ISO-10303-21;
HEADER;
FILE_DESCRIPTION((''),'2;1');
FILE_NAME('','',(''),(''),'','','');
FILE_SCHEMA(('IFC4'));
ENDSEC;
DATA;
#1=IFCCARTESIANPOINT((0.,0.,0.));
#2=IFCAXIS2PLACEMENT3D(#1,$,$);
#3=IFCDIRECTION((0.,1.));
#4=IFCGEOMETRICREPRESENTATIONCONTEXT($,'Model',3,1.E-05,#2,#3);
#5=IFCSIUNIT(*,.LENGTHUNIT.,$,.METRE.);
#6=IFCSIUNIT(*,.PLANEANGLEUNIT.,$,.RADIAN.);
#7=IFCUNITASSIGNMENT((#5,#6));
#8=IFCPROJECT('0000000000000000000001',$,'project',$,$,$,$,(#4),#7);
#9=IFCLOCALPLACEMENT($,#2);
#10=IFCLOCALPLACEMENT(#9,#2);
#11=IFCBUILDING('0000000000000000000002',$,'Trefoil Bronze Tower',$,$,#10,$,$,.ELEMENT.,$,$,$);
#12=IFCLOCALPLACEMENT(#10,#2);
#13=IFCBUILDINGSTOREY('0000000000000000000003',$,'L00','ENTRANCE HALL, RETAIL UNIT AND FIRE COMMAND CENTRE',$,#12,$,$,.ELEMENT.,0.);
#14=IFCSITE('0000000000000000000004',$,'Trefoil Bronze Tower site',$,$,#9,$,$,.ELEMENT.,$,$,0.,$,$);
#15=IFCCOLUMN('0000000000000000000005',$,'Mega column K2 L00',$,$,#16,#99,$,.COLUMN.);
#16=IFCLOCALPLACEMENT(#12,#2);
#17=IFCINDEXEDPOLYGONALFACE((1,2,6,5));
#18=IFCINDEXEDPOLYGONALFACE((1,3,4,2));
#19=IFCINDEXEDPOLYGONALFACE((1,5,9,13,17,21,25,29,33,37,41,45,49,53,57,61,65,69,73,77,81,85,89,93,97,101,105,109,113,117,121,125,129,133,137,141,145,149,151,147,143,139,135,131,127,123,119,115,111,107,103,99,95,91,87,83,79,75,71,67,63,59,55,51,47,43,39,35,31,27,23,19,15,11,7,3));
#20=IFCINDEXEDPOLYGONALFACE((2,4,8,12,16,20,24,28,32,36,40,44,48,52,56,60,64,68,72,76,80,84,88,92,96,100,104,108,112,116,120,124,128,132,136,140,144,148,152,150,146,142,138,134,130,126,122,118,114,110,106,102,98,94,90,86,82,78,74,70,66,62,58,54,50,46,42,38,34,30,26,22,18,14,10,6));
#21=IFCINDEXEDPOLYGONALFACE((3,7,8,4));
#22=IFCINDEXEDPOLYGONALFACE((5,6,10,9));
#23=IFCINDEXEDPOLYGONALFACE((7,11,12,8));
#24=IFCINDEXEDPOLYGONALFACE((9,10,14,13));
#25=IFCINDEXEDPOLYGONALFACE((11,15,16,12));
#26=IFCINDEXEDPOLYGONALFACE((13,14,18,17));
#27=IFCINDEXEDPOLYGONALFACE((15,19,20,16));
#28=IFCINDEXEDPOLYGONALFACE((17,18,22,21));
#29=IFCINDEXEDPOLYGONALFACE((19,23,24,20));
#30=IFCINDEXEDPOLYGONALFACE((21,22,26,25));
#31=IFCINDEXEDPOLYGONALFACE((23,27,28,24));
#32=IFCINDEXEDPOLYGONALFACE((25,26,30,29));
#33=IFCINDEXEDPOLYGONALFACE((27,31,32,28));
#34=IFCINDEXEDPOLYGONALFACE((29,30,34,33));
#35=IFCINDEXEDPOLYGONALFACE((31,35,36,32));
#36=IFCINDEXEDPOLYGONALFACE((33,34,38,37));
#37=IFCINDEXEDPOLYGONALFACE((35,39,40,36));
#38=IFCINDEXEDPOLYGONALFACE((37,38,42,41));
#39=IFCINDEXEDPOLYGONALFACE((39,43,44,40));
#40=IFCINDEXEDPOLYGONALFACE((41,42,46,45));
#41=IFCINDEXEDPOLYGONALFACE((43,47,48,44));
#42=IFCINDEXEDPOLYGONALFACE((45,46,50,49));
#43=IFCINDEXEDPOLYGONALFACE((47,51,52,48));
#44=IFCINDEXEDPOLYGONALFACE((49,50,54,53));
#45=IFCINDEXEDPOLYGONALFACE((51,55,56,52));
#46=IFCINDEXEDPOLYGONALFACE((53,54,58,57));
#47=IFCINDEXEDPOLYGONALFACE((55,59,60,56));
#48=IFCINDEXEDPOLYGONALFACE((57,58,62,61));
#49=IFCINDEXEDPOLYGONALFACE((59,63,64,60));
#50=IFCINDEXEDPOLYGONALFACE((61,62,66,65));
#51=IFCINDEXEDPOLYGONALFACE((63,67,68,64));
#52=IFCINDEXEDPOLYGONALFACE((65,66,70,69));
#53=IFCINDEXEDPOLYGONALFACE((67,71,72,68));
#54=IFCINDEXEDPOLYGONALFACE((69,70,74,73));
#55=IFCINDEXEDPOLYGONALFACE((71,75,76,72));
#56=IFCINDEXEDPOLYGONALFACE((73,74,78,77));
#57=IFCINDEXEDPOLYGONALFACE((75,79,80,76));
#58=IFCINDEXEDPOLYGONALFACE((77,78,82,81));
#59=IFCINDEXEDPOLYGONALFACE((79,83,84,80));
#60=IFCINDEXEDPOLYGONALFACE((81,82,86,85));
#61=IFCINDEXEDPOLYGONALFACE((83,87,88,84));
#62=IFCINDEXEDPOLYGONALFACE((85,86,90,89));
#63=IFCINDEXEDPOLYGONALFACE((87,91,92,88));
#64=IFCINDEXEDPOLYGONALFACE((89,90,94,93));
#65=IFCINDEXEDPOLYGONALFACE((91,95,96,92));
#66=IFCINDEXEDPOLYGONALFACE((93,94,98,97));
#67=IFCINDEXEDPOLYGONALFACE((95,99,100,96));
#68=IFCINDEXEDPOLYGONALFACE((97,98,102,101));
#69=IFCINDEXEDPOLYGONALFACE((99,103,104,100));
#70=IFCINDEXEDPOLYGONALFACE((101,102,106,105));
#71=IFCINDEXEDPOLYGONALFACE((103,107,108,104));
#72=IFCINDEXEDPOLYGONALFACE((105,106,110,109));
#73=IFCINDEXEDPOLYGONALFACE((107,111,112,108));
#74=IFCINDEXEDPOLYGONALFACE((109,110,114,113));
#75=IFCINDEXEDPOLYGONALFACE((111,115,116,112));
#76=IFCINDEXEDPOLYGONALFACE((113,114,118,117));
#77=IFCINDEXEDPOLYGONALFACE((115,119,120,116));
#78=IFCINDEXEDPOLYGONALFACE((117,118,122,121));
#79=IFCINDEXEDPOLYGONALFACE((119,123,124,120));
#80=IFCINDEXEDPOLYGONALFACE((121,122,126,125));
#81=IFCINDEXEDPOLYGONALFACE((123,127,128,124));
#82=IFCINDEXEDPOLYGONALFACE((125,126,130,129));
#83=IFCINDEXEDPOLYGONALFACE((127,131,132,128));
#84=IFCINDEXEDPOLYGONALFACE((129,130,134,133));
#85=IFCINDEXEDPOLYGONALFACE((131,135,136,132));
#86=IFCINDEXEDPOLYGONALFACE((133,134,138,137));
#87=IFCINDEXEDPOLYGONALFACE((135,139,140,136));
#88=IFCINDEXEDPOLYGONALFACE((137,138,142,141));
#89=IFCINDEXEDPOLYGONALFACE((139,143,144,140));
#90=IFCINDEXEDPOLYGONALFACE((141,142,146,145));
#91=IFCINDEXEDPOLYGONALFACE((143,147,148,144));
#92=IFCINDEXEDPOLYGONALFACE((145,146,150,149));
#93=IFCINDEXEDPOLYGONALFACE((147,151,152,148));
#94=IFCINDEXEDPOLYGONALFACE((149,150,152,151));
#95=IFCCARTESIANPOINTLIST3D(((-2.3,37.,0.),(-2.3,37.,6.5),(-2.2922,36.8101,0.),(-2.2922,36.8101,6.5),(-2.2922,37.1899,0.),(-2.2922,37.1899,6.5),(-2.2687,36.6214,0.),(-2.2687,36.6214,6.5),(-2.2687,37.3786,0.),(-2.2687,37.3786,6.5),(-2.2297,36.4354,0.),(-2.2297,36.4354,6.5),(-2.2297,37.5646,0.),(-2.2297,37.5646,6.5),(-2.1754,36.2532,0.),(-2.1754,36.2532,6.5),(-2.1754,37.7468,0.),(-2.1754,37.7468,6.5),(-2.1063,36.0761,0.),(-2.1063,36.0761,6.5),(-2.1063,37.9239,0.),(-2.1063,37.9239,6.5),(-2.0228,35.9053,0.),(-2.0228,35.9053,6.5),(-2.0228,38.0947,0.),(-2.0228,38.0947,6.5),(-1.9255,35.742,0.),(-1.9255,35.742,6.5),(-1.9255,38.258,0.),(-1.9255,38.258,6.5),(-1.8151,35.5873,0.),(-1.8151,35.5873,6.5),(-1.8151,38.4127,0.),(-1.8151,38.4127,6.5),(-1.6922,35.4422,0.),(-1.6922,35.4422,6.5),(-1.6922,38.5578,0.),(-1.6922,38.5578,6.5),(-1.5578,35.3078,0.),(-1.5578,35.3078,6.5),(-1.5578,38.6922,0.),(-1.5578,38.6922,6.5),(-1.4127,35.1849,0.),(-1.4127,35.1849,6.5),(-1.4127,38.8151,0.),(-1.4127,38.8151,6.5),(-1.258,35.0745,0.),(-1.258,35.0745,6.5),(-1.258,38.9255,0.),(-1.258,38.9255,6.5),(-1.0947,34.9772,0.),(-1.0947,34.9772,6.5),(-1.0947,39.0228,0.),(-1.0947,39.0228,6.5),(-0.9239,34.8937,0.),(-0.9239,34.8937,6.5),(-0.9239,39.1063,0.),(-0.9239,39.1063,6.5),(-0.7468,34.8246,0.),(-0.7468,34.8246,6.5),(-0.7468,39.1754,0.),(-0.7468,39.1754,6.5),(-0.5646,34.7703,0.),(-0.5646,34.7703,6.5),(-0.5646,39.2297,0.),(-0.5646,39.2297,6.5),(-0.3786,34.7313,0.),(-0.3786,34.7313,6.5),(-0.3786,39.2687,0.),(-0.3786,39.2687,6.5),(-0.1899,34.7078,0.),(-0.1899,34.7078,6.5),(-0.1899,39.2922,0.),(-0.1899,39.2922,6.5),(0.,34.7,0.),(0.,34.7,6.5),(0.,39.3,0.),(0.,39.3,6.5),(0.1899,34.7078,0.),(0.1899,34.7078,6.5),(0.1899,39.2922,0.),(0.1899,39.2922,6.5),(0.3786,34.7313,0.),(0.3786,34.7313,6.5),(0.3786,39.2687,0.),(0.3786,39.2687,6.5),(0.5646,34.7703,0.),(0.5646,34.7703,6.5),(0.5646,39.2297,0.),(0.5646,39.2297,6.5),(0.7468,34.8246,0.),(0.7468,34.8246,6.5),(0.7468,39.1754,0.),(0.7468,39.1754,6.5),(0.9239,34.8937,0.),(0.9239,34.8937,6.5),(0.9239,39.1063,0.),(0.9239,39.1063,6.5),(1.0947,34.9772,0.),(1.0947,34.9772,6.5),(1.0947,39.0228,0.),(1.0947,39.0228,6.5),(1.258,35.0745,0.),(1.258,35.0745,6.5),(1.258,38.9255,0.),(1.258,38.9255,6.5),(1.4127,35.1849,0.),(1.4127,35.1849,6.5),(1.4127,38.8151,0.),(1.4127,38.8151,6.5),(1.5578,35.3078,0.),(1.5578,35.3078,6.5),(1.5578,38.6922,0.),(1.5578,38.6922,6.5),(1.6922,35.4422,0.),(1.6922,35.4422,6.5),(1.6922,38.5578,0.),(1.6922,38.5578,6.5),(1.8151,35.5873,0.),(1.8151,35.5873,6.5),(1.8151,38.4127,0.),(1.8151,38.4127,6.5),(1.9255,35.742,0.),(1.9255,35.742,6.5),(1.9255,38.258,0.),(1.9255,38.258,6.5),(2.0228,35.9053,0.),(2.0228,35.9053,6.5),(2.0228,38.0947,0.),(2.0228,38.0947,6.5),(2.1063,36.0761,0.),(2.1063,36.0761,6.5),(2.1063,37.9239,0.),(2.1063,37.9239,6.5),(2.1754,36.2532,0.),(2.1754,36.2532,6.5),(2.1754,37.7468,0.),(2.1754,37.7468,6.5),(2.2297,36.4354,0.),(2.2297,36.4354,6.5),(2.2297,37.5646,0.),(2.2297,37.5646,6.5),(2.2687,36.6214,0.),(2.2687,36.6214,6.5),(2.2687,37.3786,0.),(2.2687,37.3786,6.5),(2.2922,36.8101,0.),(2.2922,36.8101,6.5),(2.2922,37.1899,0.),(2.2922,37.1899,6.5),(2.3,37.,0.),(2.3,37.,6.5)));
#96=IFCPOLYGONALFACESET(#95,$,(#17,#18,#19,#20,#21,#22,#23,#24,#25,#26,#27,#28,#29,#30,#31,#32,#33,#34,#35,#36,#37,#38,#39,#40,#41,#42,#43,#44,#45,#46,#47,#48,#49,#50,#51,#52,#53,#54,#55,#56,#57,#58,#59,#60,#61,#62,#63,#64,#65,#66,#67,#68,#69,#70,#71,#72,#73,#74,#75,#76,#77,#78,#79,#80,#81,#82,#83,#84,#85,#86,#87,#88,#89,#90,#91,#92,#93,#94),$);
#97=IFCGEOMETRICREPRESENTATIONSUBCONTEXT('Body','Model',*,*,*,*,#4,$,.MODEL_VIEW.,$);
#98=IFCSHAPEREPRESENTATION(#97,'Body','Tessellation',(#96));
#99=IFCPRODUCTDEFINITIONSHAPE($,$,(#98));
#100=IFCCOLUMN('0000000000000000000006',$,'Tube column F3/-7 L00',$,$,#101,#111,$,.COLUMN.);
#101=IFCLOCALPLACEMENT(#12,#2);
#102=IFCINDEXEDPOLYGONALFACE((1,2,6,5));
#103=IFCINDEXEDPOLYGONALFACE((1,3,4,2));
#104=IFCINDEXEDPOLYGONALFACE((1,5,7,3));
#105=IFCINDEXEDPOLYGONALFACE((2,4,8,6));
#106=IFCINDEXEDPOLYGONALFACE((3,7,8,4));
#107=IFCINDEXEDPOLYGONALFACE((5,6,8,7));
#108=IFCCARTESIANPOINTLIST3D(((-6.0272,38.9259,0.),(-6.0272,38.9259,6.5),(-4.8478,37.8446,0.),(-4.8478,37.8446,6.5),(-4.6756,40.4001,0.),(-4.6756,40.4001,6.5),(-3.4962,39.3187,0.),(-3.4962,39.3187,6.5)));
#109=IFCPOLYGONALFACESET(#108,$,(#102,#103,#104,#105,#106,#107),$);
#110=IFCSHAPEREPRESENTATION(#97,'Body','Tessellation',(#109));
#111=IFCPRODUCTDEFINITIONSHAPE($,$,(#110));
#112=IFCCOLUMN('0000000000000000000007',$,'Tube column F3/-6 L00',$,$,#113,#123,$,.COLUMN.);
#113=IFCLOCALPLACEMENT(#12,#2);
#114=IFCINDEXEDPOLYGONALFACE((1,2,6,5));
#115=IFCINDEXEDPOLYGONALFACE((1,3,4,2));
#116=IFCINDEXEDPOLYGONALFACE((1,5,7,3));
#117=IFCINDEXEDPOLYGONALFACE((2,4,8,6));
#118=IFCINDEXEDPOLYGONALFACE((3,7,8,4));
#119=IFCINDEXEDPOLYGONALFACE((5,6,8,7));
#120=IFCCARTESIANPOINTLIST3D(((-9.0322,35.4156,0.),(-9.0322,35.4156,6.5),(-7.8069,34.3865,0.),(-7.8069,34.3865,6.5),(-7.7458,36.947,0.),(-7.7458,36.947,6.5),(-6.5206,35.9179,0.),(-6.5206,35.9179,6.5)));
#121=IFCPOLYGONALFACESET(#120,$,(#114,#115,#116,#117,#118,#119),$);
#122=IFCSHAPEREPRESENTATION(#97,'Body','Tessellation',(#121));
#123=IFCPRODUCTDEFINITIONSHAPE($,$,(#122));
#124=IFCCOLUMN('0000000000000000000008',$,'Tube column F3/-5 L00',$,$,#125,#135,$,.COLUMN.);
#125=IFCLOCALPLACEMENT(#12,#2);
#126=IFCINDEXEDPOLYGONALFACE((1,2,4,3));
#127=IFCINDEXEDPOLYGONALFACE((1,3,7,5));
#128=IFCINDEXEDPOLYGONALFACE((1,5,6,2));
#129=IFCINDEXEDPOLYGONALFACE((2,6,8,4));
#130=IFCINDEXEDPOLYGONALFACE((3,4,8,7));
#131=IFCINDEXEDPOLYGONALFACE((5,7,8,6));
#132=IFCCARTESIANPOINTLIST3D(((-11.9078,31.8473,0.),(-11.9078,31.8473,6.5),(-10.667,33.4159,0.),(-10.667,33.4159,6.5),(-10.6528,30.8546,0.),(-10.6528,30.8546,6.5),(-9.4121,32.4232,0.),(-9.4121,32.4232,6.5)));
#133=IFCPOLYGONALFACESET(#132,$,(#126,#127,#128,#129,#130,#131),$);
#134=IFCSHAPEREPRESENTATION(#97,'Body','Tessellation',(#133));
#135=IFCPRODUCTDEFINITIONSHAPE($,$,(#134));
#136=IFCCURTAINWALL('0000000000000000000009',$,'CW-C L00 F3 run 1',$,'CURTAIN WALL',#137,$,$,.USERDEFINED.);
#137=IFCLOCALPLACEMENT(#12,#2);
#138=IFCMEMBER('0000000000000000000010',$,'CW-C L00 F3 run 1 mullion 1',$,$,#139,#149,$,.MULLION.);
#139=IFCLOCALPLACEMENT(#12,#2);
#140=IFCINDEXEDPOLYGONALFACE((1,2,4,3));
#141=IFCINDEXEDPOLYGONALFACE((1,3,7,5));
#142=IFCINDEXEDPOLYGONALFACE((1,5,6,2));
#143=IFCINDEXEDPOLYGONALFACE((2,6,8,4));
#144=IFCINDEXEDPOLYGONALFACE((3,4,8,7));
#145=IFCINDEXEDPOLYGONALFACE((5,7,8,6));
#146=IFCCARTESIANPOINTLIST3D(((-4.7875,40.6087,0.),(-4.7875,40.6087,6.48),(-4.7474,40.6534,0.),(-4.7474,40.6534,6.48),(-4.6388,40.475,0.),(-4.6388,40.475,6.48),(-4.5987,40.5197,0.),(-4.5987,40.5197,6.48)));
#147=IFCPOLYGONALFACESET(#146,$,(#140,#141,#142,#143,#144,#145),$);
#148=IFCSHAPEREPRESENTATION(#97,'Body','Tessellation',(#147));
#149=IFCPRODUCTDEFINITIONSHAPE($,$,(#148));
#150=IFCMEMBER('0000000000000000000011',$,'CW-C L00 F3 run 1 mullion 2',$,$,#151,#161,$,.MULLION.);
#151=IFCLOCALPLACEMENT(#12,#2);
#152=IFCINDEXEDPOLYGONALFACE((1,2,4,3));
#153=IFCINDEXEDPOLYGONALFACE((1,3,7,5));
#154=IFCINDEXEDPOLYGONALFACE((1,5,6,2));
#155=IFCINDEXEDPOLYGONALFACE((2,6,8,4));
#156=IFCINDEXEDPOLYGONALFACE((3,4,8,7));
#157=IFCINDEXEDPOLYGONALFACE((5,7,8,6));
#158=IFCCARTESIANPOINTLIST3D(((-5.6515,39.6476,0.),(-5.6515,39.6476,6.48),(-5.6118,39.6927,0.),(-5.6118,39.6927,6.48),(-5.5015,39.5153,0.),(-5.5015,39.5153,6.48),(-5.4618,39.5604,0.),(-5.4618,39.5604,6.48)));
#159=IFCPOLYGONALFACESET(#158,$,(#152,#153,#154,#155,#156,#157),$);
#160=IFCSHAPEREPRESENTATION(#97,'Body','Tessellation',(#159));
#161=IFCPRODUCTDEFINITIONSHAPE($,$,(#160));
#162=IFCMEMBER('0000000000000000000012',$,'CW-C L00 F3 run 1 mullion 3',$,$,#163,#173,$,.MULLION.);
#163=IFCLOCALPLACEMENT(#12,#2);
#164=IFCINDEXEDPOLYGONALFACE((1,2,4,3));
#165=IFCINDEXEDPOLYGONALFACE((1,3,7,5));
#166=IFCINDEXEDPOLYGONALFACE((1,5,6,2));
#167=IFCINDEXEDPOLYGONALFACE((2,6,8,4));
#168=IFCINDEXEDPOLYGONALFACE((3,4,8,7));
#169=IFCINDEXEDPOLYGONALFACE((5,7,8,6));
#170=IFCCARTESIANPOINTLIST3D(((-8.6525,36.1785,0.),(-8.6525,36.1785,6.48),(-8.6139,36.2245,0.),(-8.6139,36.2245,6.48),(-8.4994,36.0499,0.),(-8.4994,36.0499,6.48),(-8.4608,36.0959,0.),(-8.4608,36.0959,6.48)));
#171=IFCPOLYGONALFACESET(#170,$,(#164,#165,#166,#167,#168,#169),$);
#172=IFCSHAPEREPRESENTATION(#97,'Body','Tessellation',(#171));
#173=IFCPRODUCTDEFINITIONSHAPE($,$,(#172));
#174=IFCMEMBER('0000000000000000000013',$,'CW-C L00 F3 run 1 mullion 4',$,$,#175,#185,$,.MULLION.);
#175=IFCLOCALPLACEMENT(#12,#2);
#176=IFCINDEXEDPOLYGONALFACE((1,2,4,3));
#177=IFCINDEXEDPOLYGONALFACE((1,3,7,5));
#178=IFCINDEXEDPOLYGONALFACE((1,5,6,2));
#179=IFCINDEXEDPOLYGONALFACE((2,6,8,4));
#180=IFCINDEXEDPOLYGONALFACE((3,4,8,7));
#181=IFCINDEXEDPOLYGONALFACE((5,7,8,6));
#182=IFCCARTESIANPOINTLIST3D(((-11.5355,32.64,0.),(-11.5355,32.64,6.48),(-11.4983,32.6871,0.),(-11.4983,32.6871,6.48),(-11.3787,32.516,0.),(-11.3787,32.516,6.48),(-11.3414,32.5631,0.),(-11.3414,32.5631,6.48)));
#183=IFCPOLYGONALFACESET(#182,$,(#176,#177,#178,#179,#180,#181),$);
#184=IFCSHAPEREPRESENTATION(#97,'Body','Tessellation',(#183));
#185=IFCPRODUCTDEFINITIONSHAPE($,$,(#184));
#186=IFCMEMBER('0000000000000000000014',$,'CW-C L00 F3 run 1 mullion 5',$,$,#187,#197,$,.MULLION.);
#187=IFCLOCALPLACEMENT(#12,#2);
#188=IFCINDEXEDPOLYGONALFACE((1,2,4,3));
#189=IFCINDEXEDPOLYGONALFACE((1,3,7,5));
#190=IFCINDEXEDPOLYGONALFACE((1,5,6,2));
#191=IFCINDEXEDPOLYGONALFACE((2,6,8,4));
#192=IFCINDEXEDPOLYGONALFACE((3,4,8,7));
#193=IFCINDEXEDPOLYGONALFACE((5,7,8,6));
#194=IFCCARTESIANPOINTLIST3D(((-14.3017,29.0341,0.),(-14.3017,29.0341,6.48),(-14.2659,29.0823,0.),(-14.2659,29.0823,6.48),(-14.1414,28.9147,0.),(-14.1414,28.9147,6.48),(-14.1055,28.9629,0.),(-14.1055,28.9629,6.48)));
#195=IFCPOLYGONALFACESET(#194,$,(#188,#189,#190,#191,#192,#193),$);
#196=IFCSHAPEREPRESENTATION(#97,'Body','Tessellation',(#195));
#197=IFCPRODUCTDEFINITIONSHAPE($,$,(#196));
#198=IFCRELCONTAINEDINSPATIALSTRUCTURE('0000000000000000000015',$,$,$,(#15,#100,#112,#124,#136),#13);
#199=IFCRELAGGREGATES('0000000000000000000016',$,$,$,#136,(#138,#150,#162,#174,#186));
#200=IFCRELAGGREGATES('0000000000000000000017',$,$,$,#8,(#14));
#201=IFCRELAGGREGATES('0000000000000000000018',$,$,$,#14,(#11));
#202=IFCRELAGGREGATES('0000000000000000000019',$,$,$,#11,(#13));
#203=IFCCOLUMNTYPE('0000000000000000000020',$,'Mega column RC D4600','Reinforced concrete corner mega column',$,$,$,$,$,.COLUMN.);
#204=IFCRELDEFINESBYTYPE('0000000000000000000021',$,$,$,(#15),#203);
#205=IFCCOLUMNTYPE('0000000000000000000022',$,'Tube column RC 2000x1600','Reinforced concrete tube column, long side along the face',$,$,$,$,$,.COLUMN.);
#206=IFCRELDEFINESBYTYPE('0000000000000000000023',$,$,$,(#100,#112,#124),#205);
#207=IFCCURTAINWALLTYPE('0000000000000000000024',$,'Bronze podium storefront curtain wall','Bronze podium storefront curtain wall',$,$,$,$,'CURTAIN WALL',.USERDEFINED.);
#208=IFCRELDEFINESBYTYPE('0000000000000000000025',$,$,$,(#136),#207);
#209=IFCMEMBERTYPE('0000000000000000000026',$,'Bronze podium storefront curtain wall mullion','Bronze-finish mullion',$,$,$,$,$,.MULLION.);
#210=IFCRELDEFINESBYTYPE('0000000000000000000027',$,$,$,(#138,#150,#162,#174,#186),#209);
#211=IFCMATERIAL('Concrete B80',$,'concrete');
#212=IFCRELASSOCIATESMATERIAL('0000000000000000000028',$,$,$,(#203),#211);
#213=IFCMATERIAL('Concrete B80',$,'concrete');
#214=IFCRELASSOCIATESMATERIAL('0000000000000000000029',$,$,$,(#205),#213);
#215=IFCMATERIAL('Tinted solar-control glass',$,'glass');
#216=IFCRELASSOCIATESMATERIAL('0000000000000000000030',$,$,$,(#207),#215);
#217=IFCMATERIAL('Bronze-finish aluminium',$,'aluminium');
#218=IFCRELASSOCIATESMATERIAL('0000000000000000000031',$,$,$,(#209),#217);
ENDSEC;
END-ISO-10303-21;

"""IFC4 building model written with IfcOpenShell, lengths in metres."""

from ifc_helpers import new_model, si_unit, direction, frame, origin, origin_2d, place, context, subcontext, project, spatial, rectangle, circle, extrude, material, material_profile, profile_set, type_object, element, aggregate, save


model = new_model("IFC4")

# Units and contexts
model_context = context("Model", 3, precision=1e-05, world=origin(), true_north=direction((0.0, 1.0)))
body_context = subcontext(model_context, "Body", "Model", "MODEL_VIEW")
ifc_project = project(units=[si_unit("LENGTHUNIT", "METRE"), si_unit("PLANEANGLEUNIT", "RADIAN")], contexts=[model_context])

# Site, building, storey
site_placement = place(None, origin())
site = spatial("IfcSite", under=ifc_project, at=site_placement, Name="Trefoil Bronze Tower site", CompositionType="ELEMENT", RefElevation=0.0)
building_placement = place(site_placement, origin())
building = spatial("IfcBuilding", under=site, at=building_placement, Name="Trefoil Bronze Tower", CompositionType="ELEMENT")
storey_placement = place(building_placement, origin())
storey = spatial("IfcBuildingStorey", under=building, at=storey_placement, Name="L00", Description="ENTRANCE HALL, RETAIL UNIT AND FIRE COMMAND CENTRE", CompositionType="ELEMENT", Elevation=0.0)

# Columns
ifc_material_1 = material(Name="Concrete B80", Category="concrete")
ifc_material_profile_1 = material_profile(ifc_material_1, circle(Radius=2.3, at=origin_2d()), Name="RC D4600")
ifc_profile_set_1 = profile_set([ifc_material_profile_1], Name="Concrete B80")
column_type_1 = type_object("IfcColumnType", Name="Mega column RC D4600", Description="Reinforced concrete corner mega column", PredefinedType="COLUMN", material=ifc_profile_set_1)
column_placement = place(storey_placement, frame((0.0, 37.0, 0.0), z_axis=(0.0, 0.0, 1.0), x_axis=(1.0, 0.0, 0.0)))
element("IfcColumn", 1, at=column_placement, inside=storey, type_object=column_type_1, Name="Mega column K2 L00", PredefinedType="COLUMN", context=body_context, shape_type="SweptSolid", body=[
    extrude(circle(Radius=2.3, at=origin_2d()), origin(), (0.0, 0.0, 1.0), 6.5),
])
ifc_material_2 = material(Name="Concrete B80", Category="concrete")
ifc_material_profile_2 = material_profile(ifc_material_2, rectangle(XDim=2.0, YDim=1.6001, at=origin_2d()), Name="RC 2000x1600")
ifc_profile_set_2 = profile_set([ifc_material_profile_2], Name="Concrete B80")
column_type_2 = type_object("IfcColumnType", Name="Tube column RC 2000x1600", Description="Reinforced concrete tube column, long side along the face", PredefinedType="COLUMN", material=ifc_profile_set_2)
for number, where, z_axis, x_axis, name in (
    (2, (-4.7617, 39.1223, 0.0), (0.0, 0.0, 1.0), (-0.675816, -0.73707, 0.0), "Tube column F3/-7 L00"),
    (3, (-7.7764, 35.6667, 0.0), (0.0, 0.0, 1.0), (-0.643163, -0.765729, 0.0), "Tube column F3/-6 L00"),
    (4, (-10.6599, 32.1353, 0.0), (0.0, 0.0, 1.0), (-0.620376, -0.784305, 0.0), "Tube column F3/-5 L00"),
):
    element("IfcColumn", number, at=place(storey_placement, frame(where, z_axis=z_axis, x_axis=x_axis)), inside=storey, type_object=column_type_2, Name=name, PredefinedType="COLUMN", context=body_context, shape_type="SweptSolid", body=[
        extrude(rectangle(XDim=2.0, YDim=1.6001, at=origin_2d()), origin(), (0.0, 0.0, 1.0), 6.5),
    ])

# Curtain wall, members
ifc_material_3 = material(Name="Tinted solar-control glass", Category="glass")
curtain_wall_type_1 = type_object("IfcCurtainWallType", Name="Bronze podium storefront curtain wall", Description="Bronze podium storefront curtain wall", ElementType="CURTAIN WALL", PredefinedType="USERDEFINED", material=ifc_material_3)
curtain_wall_1_placement = place(storey_placement, origin())
curtain_wall_1 = element("IfcCurtainWall", 5, at=curtain_wall_1_placement, inside=storey, type_object=curtain_wall_type_1, Name="CW-C L00 F3 run 1", ObjectType="CURTAIN WALL", PredefinedType="USERDEFINED")
ifc_material_4 = material(Name="Bronze-finish aluminium", Category="aluminium")
ifc_material_profile_3 = material_profile(ifc_material_4, rectangle(XDim=0.2, YDim=0.0601, at=origin_2d()), Name="CW-C mullion")
ifc_profile_set_3 = profile_set([ifc_material_profile_3], Name="Bronze-finish aluminium")
member_type_1 = type_object("IfcMemberType", Name="Bronze podium storefront curtain wall mullion", Description="Bronze-finish mullion", PredefinedType="MULLION", material=ifc_profile_set_3)
member_1_placement = place(storey_placement, frame((-4.6931, 40.5642, 0.0), z_axis=(0.0, 0.0, 1.0), x_axis=(0.743645, -0.668575, 0.0)))
member_1 = element("IfcMember", 6, at=member_1_placement, type_object=member_type_1, Name="CW-C L00 F3 run 1 mullion 1", PredefinedType="MULLION", context=body_context, shape_type="SweptSolid", body=[
    extrude(rectangle(XDim=0.2, YDim=0.0601, at=origin_2d()), origin(), (0.0, 0.0, 1.0), 6.48),
])
member_2_placement = place(storey_placement, frame((-5.5566, 39.604, 0.0), z_axis=(0.0, 0.0, 1.0), x_axis=(0.749941, -0.661505, 0.0)))
member_2 = element("IfcMember", 7, at=member_2_placement, type_object=member_type_1, Name="CW-C L00 F3 run 1 mullion 2", PredefinedType="MULLION", context=body_context, shape_type="SweptSolid", body=[
    extrude(rectangle(XDim=0.2, YDim=0.0601, at=origin_2d()), origin(), (0.0, 0.0, 1.0), 6.48),
])
member_3_placement = place(storey_placement, frame((-8.5566, 36.1372, 0.0), z_axis=(0.0, 0.0, 1.0), x_axis=(0.765729, -0.643163, 0.0)))
member_3 = element("IfcMember", 8, at=member_3_placement, type_object=member_type_1, Name="CW-C L00 F3 run 1 mullion 3", PredefinedType="MULLION", context=body_context, shape_type="SweptSolid", body=[
    extrude(rectangle(XDim=0.2, YDim=0.0601, at=origin_2d()), origin(), (0.0, 0.0, 1.0), 6.48),
])
member_4_placement = place(storey_placement, frame((-11.4385, 32.6016, 0.0), z_axis=(0.0, 0.0, 1.0), x_axis=(0.784305, -0.620376, 0.0)))
member_4 = element("IfcMember", 9, at=member_4_placement, type_object=member_type_1, Name="CW-C L00 F3 run 1 mullion 4", PredefinedType="MULLION", context=body_context, shape_type="SweptSolid", body=[
    extrude(rectangle(XDim=0.2, YDim=0.0601, at=origin_2d()), origin(), (0.0, 0.0, 1.0), 6.48),
])
member_5_placement = place(storey_placement, frame((-14.2036, 28.9985, 0.0), z_axis=(0.0, 0.0, 1.0), x_axis=(0.802127, -0.597154, 0.0)))
member_5 = element("IfcMember", 10, at=member_5_placement, type_object=member_type_1, Name="CW-C L00 F3 run 1 mullion 5", PredefinedType="MULLION", context=body_context, shape_type="SweptSolid", body=[
    extrude(rectangle(XDim=0.2, YDim=0.0601, at=origin_2d()), origin(), (0.0, 0.0, 1.0), 6.48),
])

aggregate(curtain_wall_1, [member_1, member_2, member_3, member_4, member_5])

save(model, "model.ifc")
